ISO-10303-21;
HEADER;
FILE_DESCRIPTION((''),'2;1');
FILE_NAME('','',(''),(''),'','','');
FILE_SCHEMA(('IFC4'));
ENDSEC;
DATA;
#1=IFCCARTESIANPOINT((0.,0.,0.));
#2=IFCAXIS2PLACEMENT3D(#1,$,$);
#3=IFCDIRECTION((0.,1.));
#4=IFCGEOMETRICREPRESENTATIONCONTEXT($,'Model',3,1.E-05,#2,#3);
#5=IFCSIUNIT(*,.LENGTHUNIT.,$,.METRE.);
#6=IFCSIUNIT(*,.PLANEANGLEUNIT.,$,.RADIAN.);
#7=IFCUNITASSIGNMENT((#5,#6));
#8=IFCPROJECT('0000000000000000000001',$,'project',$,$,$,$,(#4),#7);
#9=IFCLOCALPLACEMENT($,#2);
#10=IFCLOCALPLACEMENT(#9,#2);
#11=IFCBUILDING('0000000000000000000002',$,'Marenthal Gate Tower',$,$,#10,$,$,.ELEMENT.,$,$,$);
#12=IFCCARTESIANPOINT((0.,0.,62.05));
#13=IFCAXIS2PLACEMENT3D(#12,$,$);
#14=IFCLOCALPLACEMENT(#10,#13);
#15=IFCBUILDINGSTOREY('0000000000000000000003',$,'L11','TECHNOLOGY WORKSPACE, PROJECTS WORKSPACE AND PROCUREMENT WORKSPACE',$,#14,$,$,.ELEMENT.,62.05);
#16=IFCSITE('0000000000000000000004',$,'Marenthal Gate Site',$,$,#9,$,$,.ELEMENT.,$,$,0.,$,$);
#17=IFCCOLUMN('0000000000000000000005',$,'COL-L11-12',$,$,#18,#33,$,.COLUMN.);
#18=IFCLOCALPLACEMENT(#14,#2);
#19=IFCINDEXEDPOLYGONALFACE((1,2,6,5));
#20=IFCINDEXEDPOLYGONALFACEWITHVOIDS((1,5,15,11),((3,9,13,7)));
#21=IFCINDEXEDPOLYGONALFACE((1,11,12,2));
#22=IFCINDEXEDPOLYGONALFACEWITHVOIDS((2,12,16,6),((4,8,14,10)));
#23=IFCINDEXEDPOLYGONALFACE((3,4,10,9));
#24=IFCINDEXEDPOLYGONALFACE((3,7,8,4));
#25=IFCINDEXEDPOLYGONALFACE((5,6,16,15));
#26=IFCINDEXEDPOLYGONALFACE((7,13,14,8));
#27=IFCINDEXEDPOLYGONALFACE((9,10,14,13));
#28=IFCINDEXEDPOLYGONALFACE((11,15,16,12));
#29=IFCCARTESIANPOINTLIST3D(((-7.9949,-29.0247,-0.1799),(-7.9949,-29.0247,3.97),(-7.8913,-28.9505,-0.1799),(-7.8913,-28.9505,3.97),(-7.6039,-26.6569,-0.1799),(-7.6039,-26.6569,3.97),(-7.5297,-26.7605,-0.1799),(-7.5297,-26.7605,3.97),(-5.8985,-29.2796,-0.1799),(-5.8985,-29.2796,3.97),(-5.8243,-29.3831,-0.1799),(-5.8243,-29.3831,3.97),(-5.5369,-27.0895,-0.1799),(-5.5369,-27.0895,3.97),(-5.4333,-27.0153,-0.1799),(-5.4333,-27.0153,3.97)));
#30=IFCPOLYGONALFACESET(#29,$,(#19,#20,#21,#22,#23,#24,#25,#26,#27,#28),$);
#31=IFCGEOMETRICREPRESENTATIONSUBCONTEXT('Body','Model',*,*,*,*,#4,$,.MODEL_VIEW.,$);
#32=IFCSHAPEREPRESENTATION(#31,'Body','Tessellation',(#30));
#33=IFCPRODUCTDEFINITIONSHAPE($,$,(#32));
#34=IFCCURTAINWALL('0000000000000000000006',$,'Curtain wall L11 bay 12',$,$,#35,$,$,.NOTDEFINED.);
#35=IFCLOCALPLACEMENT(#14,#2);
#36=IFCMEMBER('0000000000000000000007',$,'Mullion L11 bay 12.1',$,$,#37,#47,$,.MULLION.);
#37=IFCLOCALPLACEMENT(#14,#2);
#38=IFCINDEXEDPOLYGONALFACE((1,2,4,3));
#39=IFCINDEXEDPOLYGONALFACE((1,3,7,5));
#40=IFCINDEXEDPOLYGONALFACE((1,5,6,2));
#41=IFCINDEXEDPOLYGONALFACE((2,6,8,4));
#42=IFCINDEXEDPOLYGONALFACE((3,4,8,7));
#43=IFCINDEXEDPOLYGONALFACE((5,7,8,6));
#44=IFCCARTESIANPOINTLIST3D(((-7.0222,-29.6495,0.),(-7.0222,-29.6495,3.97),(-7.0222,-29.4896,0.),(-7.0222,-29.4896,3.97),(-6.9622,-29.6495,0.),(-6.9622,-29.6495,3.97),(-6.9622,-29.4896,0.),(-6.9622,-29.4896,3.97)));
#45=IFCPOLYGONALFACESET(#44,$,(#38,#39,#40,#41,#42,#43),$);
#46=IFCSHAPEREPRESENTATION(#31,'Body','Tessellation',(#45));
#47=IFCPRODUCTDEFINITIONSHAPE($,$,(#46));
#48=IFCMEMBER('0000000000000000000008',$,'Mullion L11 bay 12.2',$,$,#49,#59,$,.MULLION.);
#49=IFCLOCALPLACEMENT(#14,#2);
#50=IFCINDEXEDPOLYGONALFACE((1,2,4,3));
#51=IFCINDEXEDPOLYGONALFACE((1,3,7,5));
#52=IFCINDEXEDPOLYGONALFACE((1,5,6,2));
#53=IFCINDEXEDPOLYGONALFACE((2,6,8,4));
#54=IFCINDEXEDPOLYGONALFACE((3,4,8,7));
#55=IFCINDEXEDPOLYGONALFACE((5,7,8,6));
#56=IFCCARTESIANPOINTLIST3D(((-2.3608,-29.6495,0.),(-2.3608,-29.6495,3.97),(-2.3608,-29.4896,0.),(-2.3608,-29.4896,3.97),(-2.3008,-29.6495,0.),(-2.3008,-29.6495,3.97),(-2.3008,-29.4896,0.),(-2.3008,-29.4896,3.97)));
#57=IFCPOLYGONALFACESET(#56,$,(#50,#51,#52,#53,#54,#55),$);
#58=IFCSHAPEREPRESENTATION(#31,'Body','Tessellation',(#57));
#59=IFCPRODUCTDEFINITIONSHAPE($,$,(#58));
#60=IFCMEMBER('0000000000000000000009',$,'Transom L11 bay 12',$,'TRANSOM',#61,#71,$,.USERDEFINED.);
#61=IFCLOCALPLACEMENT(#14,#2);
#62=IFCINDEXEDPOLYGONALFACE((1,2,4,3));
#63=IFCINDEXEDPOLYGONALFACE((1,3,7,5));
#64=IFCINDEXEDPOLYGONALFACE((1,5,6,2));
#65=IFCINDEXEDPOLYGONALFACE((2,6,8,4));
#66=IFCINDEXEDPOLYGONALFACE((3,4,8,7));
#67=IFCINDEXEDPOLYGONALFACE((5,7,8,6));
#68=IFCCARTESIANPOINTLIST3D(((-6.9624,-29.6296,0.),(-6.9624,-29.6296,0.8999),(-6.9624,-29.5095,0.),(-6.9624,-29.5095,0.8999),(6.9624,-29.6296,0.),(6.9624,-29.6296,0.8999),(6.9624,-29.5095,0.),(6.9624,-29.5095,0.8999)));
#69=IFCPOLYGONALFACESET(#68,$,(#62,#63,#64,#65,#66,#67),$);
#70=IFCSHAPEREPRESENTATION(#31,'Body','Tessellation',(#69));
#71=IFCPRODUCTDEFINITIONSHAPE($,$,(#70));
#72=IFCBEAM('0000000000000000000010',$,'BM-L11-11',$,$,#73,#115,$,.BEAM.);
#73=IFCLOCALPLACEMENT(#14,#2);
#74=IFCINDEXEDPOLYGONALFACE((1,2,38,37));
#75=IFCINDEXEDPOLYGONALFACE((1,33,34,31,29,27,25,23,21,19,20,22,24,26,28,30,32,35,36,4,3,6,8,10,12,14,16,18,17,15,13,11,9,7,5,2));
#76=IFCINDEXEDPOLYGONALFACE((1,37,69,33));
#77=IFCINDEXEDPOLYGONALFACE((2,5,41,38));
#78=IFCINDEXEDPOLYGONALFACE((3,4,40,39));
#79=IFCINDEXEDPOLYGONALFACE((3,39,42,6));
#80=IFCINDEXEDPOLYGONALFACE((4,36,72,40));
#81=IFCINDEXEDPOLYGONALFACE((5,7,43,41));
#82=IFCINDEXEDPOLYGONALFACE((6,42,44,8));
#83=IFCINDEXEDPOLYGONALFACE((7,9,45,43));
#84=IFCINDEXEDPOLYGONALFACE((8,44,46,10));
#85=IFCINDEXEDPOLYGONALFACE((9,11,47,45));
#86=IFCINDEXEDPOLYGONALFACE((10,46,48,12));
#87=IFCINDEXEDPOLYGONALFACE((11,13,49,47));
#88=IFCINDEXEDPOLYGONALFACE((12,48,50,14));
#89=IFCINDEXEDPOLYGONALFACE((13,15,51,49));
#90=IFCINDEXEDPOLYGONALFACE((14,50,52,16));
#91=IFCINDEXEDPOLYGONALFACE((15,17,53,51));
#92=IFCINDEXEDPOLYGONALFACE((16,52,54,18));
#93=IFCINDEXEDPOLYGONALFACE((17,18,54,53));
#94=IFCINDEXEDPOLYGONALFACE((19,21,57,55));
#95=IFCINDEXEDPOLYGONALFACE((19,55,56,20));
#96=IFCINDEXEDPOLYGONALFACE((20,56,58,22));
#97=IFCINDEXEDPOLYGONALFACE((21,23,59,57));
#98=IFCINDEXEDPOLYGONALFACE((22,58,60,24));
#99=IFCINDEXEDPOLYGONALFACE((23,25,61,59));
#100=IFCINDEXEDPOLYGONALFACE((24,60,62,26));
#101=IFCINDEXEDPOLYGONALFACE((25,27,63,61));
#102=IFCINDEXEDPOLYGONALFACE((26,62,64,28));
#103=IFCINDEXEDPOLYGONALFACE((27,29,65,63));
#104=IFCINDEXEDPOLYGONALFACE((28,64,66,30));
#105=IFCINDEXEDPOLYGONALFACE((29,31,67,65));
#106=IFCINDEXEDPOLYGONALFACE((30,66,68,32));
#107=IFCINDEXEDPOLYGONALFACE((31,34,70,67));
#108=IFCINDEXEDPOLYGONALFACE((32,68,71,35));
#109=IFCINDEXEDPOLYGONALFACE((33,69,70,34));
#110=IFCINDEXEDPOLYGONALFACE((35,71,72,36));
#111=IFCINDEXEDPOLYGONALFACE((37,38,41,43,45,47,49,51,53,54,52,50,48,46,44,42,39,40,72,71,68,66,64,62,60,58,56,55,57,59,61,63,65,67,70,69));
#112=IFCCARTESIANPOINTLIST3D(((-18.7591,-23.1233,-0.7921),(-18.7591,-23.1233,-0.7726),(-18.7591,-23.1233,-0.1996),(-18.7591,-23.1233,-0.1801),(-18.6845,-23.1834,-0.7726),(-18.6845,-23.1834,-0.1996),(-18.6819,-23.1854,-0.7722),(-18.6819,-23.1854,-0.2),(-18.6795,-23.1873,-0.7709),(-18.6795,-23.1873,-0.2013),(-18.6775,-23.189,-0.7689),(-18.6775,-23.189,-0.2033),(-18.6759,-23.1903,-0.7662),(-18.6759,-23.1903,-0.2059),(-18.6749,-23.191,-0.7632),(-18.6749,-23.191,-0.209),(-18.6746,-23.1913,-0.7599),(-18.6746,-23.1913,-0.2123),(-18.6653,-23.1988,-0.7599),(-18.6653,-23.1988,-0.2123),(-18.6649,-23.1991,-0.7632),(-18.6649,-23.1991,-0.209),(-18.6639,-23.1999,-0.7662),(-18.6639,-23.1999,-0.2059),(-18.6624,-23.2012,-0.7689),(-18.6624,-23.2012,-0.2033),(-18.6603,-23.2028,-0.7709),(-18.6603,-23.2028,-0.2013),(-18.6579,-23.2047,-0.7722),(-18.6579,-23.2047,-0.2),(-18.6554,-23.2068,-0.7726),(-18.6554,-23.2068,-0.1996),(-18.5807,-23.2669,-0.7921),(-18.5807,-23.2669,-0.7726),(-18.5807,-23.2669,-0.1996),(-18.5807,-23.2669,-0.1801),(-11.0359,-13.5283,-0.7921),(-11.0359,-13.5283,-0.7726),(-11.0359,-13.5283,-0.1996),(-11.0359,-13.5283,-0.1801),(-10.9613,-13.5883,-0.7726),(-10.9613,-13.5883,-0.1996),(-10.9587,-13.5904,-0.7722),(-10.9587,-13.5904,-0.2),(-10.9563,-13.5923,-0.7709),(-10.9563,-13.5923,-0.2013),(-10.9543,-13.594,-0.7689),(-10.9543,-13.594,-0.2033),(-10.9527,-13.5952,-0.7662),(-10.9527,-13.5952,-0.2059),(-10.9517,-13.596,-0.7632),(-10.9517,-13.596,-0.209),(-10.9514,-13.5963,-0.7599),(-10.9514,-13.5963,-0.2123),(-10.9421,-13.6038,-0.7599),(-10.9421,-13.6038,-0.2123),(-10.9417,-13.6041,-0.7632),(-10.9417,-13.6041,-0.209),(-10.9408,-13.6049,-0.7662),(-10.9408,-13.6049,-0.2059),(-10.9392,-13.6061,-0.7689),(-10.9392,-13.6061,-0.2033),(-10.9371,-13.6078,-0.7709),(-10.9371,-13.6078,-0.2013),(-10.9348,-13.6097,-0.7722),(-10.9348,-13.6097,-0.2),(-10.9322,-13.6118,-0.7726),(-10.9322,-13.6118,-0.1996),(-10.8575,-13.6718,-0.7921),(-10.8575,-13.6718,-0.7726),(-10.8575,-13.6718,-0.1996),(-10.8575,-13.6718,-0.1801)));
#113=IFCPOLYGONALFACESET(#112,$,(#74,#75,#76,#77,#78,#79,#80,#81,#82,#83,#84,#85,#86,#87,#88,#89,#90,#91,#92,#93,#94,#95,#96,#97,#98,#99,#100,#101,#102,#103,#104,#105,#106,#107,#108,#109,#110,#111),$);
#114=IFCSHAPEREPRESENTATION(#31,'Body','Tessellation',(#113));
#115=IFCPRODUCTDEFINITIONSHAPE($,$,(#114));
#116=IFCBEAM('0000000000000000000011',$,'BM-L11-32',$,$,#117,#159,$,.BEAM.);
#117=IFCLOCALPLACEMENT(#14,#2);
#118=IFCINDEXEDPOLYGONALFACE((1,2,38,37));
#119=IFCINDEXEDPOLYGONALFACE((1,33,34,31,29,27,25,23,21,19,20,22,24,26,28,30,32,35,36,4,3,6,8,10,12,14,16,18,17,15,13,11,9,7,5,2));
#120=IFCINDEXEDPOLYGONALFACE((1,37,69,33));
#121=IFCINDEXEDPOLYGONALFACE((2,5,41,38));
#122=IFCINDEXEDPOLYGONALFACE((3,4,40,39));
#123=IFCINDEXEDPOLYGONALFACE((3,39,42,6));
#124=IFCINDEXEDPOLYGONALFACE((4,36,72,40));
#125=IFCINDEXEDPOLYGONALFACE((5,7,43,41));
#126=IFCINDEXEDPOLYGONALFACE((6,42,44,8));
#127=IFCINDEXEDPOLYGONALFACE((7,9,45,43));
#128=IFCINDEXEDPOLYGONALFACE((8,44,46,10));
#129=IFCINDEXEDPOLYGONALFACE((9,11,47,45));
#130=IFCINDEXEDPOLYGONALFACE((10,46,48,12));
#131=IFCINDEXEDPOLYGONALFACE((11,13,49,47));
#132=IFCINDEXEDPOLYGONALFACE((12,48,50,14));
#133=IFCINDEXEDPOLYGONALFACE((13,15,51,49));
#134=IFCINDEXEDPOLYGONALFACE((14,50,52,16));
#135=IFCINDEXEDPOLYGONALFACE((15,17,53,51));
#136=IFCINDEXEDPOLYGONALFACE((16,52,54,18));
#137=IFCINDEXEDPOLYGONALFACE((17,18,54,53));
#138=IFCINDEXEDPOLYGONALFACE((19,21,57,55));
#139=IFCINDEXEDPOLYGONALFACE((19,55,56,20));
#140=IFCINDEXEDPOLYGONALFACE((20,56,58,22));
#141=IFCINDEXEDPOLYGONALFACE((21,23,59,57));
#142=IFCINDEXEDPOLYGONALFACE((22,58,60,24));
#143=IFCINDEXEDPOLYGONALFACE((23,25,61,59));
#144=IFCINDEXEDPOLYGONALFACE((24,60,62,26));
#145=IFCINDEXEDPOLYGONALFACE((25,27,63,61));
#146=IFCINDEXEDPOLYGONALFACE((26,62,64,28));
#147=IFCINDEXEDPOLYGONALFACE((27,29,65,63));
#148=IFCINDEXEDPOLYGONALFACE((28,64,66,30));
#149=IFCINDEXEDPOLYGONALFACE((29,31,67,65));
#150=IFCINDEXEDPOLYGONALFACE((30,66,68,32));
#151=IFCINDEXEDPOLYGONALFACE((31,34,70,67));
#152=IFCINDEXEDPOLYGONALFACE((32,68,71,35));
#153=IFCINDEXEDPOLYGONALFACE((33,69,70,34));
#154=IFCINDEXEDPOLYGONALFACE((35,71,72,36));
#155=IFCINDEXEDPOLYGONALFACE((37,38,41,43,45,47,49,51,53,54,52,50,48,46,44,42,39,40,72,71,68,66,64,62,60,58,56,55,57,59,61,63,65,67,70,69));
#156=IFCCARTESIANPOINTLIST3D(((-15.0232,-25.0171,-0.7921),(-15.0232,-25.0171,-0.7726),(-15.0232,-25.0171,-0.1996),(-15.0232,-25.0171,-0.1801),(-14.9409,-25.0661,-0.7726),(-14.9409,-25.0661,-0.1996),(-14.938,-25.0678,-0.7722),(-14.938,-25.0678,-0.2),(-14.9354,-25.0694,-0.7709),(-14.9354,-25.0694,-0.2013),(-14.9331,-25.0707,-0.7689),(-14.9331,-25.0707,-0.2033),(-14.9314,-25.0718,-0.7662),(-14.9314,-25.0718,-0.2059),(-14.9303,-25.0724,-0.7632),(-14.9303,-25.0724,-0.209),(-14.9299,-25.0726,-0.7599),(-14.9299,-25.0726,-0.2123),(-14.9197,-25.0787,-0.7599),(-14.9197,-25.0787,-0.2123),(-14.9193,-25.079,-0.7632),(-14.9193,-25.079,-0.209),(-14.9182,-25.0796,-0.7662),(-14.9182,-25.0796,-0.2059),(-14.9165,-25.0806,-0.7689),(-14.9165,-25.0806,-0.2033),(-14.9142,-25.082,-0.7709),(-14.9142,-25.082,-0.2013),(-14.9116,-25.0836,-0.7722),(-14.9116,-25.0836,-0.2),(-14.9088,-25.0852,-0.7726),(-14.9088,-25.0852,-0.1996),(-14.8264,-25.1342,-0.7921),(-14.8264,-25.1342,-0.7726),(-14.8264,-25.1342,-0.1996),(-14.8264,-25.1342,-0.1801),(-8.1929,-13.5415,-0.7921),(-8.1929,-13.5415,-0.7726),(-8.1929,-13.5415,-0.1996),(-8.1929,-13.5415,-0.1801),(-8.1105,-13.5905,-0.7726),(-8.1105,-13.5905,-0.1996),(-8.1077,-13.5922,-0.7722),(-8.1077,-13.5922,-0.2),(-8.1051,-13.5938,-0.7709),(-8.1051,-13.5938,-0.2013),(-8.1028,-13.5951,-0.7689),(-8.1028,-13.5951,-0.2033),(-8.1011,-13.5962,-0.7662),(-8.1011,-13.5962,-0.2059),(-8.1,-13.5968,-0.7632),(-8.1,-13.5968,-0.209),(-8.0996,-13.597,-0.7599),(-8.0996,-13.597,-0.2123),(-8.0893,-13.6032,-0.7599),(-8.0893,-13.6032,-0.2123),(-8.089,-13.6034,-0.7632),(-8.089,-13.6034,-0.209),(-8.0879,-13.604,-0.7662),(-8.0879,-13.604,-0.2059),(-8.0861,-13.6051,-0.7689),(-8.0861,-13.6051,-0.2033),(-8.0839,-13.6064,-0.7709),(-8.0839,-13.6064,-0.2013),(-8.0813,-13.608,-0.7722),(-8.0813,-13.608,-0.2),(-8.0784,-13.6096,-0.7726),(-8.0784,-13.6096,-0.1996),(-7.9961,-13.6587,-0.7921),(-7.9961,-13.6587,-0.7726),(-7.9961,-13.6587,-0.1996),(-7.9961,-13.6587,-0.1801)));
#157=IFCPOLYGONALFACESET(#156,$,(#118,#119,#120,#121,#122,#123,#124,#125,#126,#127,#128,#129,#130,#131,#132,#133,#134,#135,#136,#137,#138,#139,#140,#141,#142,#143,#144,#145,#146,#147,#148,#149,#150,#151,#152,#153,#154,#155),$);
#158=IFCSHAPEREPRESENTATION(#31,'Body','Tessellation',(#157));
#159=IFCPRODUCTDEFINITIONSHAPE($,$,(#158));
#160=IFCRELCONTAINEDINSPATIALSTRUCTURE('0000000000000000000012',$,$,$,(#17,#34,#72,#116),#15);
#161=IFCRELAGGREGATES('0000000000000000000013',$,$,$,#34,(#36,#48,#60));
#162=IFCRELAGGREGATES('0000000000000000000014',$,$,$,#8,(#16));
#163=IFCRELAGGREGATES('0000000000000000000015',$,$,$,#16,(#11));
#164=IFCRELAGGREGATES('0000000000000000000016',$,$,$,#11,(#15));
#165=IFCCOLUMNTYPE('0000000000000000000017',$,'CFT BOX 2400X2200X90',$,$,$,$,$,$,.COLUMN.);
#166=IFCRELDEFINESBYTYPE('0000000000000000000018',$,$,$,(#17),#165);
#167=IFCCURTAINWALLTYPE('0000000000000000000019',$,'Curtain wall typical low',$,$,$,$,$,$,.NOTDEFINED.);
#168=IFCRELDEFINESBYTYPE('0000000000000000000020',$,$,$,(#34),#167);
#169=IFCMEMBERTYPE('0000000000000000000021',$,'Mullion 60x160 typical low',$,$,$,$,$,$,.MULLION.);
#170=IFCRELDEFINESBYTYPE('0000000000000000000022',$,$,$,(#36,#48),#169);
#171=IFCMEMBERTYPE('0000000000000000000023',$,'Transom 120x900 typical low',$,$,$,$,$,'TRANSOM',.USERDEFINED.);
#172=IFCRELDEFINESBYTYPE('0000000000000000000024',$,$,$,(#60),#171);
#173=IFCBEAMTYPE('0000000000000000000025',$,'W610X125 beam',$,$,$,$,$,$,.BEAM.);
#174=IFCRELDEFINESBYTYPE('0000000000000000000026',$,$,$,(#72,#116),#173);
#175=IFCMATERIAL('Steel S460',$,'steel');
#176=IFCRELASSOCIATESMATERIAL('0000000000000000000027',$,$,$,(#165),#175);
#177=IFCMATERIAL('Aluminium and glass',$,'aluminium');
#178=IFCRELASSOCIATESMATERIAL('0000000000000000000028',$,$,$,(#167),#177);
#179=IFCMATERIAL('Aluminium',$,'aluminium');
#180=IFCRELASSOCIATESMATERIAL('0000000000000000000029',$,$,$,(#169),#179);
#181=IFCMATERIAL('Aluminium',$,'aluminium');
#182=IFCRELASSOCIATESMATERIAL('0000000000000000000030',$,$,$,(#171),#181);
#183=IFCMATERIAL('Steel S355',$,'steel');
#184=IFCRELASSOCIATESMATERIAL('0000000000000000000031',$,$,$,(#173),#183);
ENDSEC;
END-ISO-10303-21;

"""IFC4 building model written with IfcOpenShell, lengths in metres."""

from ifc_helpers import new_model, si_unit, direction, frame, origin, origin_2d, place, context, subcontext, project, spatial, rectangle, hollow_rectangle, i_section, extrude, material, material_profile, profile_set, type_object, element, aggregate, save


model = new_model("IFC4")

# Units and contexts
model_context = context("Model", 3, precision=1e-05, world=origin(), true_north=direction((0.0, 1.0)))
body_context = subcontext(model_context, "Body", "Model", "MODEL_VIEW")
ifc_project = project(units=[si_unit("LENGTHUNIT", "METRE"), si_unit("PLANEANGLEUNIT", "RADIAN")], contexts=[model_context])

# Site, building, storey
site_placement = place(None, origin())
site = spatial("IfcSite", under=ifc_project, at=site_placement, Name="Marenthal Gate Site", CompositionType="ELEMENT", RefElevation=0.0)
building_placement = place(site_placement, origin())
building = spatial("IfcBuilding", under=site, at=building_placement, Name="Marenthal Gate Tower", CompositionType="ELEMENT")
storey_placement = place(building_placement, frame((0.0, 0.0, 62.05)))
storey = spatial("IfcBuildingStorey", under=building, at=storey_placement, Name="L11", Description="TECHNOLOGY WORKSPACE, PROJECTS WORKSPACE AND PROCUREMENT WORKSPACE", CompositionType="ELEMENT", Elevation=62.05)

# Column
ifc_material_1 = material(Name="Steel S460", Category="steel")
ifc_material_profile_1 = material_profile(ifc_material_1, hollow_rectangle(XDim=2.2, YDim=2.3999, WallThickness=0.0901, at=origin_2d()), Name="CFT BOX 2400X2200X90")
ifc_material_2 = material(Name="Concrete 70 MPa", Category="concrete")
ifc_material_profile_2 = material_profile(ifc_material_2, rectangle(XDim=2.02, YDim=2.22, at=origin_2d()), Name="CFT BOX 2400X2200X90 INFILL")
ifc_profile_set_1 = profile_set([ifc_material_profile_1, ifc_material_profile_2], Name="Steel S460 shell, Concrete 70 MPa infill")
column_type = type_object("IfcColumnType", Name="CFT BOX 2400X2200X90", PredefinedType="COLUMN", material=ifc_profile_set_1)
column_placement = place(storey_placement, frame((-6.7141, -28.02, -0.1799), z_axis=(0.0, 0.0, 1.0), x_axis=(-0.98664, 0.162918, 0.0)))
element("IfcColumn", 1, at=column_placement, inside=storey, type_object=column_type, Name="COL-L11-12", PredefinedType="COLUMN", context=body_context, shape_type="SweptSolid", body=[
    extrude(hollow_rectangle(XDim=2.2, YDim=2.3999, WallThickness=0.0901, at=origin_2d()), origin(), (0.0, 0.0, 1.0), 4.1499),
])

# Curtain wall, members
ifc_material_3 = material(Name="Aluminium and glass", Category="aluminium")
curtain_wall_type = type_object("IfcCurtainWallType", Name="Curtain wall typical low", PredefinedType="NOTDEFINED", material=ifc_material_3)
curtain_wall_placement = place(storey_placement, origin())
curtain_wall = element("IfcCurtainWall", 2, at=curtain_wall_placement, inside=storey, type_object=curtain_wall_type, Name="Curtain wall L11 bay 12", PredefinedType="NOTDEFINED")
ifc_material_4 = material(Name="Aluminium", Category="aluminium")
ifc_material_profile_3 = material_profile(ifc_material_4, rectangle(XDim=0.1599, YDim=0.0601, at=origin_2d()), Name="60x160 aluminium mullion")
ifc_profile_set_2 = profile_set([ifc_material_profile_3], Name="Aluminium")
member_type_1 = type_object("IfcMemberType", Name="Mullion 60x160 typical low", PredefinedType="MULLION", material=ifc_profile_set_2)
member_1_placement = place(storey_placement, frame((-6.9922, -29.5696, 0.0), z_axis=(0.0, 0.0, 1.0), x_axis=(0.0, 1.0, 0.0)))
member_1 = element("IfcMember", 3, at=member_1_placement, type_object=member_type_1, Name="Mullion L11 bay 12.1", PredefinedType="MULLION", context=body_context, shape_type="SweptSolid", body=[
    extrude(rectangle(XDim=0.1599, YDim=0.0601, at=origin_2d()), origin(), (0.0, 0.0, 1.0), 3.97),
])
member_2_placement = place(storey_placement, frame((-2.3308, -29.5696, 0.0), z_axis=(0.0, 0.0, 1.0), x_axis=(0.0, 1.0, 0.0)))
member_2 = element("IfcMember", 4, at=member_2_placement, type_object=member_type_1, Name="Mullion L11 bay 12.2", PredefinedType="MULLION", context=body_context, shape_type="SweptSolid", body=[
    extrude(rectangle(XDim=0.1599, YDim=0.0601, at=origin_2d()), origin(), (0.0, 0.0, 1.0), 3.97),
])
ifc_material_5 = material(Name="Aluminium", Category="aluminium")
ifc_material_profile_4 = material_profile(ifc_material_5, rectangle(XDim=0.1201, YDim=0.8999, at=origin_2d()), Name="120x900 aluminium transom")
ifc_profile_set_3 = profile_set([ifc_material_profile_4], Name="Aluminium")
member_type_2 = type_object("IfcMemberType", Name="Transom 120x900 typical low", ElementType="TRANSOM", PredefinedType="USERDEFINED", material=ifc_profile_set_3)
member_3_placement = place(storey_placement, frame((-6.9624, -29.5696, 0.45), z_axis=(1.0, 0.0, 0.0), x_axis=(0.0, 1.0, 0.0)))
member_3 = element("IfcMember", 5, at=member_3_placement, type_object=member_type_2, Name="Transom L11 bay 12", ObjectType="TRANSOM", PredefinedType="USERDEFINED", context=body_context, shape_type="SweptSolid", body=[
    extrude(rectangle(XDim=0.1201, YDim=0.8999, at=origin_2d()), origin(), (0.0, 0.0, 1.0), 13.9248),
])

# Beams
ifc_material_6 = material(Name="Steel S355", Category="steel")
ifc_material_profile_5 = material_profile(ifc_material_6, i_section(OverallWidth=0.229, OverallDepth=0.6121, WebThickness=0.012, FlangeThickness=0.0195, FilletRadius=0.0127, at=origin_2d()), Name="W610X125")
ifc_profile_set_4 = profile_set([ifc_material_profile_5], Name="Steel S355")
beam_type_1 = type_object("IfcBeamType", Name="W610X125 beam", PredefinedType="BEAM", material=ifc_profile_set_4)
beam_1_placement = place(storey_placement, frame((-18.6699, -23.1951, -0.4861), z_axis=(0.627027, 0.778997, 0.0), x_axis=(-0.778997, 0.627027, 0.0)))
element("IfcBeam", 6, at=beam_1_placement, inside=storey, type_object=beam_type_1, Name="BM-L11-11", PredefinedType="BEAM", context=body_context, shape_type="SweptSolid", body=[
    extrude(i_section(OverallWidth=0.229, OverallDepth=0.6121, WebThickness=0.012, FlangeThickness=0.0195, FilletRadius=0.0127, at=origin_2d()), origin(), (0.0, 0.0, 1.0), 12.3171),
])
beam_2_placement = place(storey_placement, frame((-14.9248, -25.0757, -0.4861), z_axis=(0.511463, 0.859306, 0.0), x_axis=(-0.859306, 0.511463, 0.0)))
element("IfcBeam", 7, at=beam_2_placement, inside=storey, type_object=beam_type_1, Name="BM-L11-32", PredefinedType="BEAM", context=body_context, shape_type="SweptSolid", body=[
    extrude(i_section(OverallWidth=0.229, OverallDepth=0.6121, WebThickness=0.012, FlangeThickness=0.0195, FilletRadius=0.0127, at=origin_2d()), origin(), (0.0, 0.0, 1.0), 13.3545),
])

aggregate(curtain_wall, [member_1, member_2, member_3])

save(model, "model.ifc")
